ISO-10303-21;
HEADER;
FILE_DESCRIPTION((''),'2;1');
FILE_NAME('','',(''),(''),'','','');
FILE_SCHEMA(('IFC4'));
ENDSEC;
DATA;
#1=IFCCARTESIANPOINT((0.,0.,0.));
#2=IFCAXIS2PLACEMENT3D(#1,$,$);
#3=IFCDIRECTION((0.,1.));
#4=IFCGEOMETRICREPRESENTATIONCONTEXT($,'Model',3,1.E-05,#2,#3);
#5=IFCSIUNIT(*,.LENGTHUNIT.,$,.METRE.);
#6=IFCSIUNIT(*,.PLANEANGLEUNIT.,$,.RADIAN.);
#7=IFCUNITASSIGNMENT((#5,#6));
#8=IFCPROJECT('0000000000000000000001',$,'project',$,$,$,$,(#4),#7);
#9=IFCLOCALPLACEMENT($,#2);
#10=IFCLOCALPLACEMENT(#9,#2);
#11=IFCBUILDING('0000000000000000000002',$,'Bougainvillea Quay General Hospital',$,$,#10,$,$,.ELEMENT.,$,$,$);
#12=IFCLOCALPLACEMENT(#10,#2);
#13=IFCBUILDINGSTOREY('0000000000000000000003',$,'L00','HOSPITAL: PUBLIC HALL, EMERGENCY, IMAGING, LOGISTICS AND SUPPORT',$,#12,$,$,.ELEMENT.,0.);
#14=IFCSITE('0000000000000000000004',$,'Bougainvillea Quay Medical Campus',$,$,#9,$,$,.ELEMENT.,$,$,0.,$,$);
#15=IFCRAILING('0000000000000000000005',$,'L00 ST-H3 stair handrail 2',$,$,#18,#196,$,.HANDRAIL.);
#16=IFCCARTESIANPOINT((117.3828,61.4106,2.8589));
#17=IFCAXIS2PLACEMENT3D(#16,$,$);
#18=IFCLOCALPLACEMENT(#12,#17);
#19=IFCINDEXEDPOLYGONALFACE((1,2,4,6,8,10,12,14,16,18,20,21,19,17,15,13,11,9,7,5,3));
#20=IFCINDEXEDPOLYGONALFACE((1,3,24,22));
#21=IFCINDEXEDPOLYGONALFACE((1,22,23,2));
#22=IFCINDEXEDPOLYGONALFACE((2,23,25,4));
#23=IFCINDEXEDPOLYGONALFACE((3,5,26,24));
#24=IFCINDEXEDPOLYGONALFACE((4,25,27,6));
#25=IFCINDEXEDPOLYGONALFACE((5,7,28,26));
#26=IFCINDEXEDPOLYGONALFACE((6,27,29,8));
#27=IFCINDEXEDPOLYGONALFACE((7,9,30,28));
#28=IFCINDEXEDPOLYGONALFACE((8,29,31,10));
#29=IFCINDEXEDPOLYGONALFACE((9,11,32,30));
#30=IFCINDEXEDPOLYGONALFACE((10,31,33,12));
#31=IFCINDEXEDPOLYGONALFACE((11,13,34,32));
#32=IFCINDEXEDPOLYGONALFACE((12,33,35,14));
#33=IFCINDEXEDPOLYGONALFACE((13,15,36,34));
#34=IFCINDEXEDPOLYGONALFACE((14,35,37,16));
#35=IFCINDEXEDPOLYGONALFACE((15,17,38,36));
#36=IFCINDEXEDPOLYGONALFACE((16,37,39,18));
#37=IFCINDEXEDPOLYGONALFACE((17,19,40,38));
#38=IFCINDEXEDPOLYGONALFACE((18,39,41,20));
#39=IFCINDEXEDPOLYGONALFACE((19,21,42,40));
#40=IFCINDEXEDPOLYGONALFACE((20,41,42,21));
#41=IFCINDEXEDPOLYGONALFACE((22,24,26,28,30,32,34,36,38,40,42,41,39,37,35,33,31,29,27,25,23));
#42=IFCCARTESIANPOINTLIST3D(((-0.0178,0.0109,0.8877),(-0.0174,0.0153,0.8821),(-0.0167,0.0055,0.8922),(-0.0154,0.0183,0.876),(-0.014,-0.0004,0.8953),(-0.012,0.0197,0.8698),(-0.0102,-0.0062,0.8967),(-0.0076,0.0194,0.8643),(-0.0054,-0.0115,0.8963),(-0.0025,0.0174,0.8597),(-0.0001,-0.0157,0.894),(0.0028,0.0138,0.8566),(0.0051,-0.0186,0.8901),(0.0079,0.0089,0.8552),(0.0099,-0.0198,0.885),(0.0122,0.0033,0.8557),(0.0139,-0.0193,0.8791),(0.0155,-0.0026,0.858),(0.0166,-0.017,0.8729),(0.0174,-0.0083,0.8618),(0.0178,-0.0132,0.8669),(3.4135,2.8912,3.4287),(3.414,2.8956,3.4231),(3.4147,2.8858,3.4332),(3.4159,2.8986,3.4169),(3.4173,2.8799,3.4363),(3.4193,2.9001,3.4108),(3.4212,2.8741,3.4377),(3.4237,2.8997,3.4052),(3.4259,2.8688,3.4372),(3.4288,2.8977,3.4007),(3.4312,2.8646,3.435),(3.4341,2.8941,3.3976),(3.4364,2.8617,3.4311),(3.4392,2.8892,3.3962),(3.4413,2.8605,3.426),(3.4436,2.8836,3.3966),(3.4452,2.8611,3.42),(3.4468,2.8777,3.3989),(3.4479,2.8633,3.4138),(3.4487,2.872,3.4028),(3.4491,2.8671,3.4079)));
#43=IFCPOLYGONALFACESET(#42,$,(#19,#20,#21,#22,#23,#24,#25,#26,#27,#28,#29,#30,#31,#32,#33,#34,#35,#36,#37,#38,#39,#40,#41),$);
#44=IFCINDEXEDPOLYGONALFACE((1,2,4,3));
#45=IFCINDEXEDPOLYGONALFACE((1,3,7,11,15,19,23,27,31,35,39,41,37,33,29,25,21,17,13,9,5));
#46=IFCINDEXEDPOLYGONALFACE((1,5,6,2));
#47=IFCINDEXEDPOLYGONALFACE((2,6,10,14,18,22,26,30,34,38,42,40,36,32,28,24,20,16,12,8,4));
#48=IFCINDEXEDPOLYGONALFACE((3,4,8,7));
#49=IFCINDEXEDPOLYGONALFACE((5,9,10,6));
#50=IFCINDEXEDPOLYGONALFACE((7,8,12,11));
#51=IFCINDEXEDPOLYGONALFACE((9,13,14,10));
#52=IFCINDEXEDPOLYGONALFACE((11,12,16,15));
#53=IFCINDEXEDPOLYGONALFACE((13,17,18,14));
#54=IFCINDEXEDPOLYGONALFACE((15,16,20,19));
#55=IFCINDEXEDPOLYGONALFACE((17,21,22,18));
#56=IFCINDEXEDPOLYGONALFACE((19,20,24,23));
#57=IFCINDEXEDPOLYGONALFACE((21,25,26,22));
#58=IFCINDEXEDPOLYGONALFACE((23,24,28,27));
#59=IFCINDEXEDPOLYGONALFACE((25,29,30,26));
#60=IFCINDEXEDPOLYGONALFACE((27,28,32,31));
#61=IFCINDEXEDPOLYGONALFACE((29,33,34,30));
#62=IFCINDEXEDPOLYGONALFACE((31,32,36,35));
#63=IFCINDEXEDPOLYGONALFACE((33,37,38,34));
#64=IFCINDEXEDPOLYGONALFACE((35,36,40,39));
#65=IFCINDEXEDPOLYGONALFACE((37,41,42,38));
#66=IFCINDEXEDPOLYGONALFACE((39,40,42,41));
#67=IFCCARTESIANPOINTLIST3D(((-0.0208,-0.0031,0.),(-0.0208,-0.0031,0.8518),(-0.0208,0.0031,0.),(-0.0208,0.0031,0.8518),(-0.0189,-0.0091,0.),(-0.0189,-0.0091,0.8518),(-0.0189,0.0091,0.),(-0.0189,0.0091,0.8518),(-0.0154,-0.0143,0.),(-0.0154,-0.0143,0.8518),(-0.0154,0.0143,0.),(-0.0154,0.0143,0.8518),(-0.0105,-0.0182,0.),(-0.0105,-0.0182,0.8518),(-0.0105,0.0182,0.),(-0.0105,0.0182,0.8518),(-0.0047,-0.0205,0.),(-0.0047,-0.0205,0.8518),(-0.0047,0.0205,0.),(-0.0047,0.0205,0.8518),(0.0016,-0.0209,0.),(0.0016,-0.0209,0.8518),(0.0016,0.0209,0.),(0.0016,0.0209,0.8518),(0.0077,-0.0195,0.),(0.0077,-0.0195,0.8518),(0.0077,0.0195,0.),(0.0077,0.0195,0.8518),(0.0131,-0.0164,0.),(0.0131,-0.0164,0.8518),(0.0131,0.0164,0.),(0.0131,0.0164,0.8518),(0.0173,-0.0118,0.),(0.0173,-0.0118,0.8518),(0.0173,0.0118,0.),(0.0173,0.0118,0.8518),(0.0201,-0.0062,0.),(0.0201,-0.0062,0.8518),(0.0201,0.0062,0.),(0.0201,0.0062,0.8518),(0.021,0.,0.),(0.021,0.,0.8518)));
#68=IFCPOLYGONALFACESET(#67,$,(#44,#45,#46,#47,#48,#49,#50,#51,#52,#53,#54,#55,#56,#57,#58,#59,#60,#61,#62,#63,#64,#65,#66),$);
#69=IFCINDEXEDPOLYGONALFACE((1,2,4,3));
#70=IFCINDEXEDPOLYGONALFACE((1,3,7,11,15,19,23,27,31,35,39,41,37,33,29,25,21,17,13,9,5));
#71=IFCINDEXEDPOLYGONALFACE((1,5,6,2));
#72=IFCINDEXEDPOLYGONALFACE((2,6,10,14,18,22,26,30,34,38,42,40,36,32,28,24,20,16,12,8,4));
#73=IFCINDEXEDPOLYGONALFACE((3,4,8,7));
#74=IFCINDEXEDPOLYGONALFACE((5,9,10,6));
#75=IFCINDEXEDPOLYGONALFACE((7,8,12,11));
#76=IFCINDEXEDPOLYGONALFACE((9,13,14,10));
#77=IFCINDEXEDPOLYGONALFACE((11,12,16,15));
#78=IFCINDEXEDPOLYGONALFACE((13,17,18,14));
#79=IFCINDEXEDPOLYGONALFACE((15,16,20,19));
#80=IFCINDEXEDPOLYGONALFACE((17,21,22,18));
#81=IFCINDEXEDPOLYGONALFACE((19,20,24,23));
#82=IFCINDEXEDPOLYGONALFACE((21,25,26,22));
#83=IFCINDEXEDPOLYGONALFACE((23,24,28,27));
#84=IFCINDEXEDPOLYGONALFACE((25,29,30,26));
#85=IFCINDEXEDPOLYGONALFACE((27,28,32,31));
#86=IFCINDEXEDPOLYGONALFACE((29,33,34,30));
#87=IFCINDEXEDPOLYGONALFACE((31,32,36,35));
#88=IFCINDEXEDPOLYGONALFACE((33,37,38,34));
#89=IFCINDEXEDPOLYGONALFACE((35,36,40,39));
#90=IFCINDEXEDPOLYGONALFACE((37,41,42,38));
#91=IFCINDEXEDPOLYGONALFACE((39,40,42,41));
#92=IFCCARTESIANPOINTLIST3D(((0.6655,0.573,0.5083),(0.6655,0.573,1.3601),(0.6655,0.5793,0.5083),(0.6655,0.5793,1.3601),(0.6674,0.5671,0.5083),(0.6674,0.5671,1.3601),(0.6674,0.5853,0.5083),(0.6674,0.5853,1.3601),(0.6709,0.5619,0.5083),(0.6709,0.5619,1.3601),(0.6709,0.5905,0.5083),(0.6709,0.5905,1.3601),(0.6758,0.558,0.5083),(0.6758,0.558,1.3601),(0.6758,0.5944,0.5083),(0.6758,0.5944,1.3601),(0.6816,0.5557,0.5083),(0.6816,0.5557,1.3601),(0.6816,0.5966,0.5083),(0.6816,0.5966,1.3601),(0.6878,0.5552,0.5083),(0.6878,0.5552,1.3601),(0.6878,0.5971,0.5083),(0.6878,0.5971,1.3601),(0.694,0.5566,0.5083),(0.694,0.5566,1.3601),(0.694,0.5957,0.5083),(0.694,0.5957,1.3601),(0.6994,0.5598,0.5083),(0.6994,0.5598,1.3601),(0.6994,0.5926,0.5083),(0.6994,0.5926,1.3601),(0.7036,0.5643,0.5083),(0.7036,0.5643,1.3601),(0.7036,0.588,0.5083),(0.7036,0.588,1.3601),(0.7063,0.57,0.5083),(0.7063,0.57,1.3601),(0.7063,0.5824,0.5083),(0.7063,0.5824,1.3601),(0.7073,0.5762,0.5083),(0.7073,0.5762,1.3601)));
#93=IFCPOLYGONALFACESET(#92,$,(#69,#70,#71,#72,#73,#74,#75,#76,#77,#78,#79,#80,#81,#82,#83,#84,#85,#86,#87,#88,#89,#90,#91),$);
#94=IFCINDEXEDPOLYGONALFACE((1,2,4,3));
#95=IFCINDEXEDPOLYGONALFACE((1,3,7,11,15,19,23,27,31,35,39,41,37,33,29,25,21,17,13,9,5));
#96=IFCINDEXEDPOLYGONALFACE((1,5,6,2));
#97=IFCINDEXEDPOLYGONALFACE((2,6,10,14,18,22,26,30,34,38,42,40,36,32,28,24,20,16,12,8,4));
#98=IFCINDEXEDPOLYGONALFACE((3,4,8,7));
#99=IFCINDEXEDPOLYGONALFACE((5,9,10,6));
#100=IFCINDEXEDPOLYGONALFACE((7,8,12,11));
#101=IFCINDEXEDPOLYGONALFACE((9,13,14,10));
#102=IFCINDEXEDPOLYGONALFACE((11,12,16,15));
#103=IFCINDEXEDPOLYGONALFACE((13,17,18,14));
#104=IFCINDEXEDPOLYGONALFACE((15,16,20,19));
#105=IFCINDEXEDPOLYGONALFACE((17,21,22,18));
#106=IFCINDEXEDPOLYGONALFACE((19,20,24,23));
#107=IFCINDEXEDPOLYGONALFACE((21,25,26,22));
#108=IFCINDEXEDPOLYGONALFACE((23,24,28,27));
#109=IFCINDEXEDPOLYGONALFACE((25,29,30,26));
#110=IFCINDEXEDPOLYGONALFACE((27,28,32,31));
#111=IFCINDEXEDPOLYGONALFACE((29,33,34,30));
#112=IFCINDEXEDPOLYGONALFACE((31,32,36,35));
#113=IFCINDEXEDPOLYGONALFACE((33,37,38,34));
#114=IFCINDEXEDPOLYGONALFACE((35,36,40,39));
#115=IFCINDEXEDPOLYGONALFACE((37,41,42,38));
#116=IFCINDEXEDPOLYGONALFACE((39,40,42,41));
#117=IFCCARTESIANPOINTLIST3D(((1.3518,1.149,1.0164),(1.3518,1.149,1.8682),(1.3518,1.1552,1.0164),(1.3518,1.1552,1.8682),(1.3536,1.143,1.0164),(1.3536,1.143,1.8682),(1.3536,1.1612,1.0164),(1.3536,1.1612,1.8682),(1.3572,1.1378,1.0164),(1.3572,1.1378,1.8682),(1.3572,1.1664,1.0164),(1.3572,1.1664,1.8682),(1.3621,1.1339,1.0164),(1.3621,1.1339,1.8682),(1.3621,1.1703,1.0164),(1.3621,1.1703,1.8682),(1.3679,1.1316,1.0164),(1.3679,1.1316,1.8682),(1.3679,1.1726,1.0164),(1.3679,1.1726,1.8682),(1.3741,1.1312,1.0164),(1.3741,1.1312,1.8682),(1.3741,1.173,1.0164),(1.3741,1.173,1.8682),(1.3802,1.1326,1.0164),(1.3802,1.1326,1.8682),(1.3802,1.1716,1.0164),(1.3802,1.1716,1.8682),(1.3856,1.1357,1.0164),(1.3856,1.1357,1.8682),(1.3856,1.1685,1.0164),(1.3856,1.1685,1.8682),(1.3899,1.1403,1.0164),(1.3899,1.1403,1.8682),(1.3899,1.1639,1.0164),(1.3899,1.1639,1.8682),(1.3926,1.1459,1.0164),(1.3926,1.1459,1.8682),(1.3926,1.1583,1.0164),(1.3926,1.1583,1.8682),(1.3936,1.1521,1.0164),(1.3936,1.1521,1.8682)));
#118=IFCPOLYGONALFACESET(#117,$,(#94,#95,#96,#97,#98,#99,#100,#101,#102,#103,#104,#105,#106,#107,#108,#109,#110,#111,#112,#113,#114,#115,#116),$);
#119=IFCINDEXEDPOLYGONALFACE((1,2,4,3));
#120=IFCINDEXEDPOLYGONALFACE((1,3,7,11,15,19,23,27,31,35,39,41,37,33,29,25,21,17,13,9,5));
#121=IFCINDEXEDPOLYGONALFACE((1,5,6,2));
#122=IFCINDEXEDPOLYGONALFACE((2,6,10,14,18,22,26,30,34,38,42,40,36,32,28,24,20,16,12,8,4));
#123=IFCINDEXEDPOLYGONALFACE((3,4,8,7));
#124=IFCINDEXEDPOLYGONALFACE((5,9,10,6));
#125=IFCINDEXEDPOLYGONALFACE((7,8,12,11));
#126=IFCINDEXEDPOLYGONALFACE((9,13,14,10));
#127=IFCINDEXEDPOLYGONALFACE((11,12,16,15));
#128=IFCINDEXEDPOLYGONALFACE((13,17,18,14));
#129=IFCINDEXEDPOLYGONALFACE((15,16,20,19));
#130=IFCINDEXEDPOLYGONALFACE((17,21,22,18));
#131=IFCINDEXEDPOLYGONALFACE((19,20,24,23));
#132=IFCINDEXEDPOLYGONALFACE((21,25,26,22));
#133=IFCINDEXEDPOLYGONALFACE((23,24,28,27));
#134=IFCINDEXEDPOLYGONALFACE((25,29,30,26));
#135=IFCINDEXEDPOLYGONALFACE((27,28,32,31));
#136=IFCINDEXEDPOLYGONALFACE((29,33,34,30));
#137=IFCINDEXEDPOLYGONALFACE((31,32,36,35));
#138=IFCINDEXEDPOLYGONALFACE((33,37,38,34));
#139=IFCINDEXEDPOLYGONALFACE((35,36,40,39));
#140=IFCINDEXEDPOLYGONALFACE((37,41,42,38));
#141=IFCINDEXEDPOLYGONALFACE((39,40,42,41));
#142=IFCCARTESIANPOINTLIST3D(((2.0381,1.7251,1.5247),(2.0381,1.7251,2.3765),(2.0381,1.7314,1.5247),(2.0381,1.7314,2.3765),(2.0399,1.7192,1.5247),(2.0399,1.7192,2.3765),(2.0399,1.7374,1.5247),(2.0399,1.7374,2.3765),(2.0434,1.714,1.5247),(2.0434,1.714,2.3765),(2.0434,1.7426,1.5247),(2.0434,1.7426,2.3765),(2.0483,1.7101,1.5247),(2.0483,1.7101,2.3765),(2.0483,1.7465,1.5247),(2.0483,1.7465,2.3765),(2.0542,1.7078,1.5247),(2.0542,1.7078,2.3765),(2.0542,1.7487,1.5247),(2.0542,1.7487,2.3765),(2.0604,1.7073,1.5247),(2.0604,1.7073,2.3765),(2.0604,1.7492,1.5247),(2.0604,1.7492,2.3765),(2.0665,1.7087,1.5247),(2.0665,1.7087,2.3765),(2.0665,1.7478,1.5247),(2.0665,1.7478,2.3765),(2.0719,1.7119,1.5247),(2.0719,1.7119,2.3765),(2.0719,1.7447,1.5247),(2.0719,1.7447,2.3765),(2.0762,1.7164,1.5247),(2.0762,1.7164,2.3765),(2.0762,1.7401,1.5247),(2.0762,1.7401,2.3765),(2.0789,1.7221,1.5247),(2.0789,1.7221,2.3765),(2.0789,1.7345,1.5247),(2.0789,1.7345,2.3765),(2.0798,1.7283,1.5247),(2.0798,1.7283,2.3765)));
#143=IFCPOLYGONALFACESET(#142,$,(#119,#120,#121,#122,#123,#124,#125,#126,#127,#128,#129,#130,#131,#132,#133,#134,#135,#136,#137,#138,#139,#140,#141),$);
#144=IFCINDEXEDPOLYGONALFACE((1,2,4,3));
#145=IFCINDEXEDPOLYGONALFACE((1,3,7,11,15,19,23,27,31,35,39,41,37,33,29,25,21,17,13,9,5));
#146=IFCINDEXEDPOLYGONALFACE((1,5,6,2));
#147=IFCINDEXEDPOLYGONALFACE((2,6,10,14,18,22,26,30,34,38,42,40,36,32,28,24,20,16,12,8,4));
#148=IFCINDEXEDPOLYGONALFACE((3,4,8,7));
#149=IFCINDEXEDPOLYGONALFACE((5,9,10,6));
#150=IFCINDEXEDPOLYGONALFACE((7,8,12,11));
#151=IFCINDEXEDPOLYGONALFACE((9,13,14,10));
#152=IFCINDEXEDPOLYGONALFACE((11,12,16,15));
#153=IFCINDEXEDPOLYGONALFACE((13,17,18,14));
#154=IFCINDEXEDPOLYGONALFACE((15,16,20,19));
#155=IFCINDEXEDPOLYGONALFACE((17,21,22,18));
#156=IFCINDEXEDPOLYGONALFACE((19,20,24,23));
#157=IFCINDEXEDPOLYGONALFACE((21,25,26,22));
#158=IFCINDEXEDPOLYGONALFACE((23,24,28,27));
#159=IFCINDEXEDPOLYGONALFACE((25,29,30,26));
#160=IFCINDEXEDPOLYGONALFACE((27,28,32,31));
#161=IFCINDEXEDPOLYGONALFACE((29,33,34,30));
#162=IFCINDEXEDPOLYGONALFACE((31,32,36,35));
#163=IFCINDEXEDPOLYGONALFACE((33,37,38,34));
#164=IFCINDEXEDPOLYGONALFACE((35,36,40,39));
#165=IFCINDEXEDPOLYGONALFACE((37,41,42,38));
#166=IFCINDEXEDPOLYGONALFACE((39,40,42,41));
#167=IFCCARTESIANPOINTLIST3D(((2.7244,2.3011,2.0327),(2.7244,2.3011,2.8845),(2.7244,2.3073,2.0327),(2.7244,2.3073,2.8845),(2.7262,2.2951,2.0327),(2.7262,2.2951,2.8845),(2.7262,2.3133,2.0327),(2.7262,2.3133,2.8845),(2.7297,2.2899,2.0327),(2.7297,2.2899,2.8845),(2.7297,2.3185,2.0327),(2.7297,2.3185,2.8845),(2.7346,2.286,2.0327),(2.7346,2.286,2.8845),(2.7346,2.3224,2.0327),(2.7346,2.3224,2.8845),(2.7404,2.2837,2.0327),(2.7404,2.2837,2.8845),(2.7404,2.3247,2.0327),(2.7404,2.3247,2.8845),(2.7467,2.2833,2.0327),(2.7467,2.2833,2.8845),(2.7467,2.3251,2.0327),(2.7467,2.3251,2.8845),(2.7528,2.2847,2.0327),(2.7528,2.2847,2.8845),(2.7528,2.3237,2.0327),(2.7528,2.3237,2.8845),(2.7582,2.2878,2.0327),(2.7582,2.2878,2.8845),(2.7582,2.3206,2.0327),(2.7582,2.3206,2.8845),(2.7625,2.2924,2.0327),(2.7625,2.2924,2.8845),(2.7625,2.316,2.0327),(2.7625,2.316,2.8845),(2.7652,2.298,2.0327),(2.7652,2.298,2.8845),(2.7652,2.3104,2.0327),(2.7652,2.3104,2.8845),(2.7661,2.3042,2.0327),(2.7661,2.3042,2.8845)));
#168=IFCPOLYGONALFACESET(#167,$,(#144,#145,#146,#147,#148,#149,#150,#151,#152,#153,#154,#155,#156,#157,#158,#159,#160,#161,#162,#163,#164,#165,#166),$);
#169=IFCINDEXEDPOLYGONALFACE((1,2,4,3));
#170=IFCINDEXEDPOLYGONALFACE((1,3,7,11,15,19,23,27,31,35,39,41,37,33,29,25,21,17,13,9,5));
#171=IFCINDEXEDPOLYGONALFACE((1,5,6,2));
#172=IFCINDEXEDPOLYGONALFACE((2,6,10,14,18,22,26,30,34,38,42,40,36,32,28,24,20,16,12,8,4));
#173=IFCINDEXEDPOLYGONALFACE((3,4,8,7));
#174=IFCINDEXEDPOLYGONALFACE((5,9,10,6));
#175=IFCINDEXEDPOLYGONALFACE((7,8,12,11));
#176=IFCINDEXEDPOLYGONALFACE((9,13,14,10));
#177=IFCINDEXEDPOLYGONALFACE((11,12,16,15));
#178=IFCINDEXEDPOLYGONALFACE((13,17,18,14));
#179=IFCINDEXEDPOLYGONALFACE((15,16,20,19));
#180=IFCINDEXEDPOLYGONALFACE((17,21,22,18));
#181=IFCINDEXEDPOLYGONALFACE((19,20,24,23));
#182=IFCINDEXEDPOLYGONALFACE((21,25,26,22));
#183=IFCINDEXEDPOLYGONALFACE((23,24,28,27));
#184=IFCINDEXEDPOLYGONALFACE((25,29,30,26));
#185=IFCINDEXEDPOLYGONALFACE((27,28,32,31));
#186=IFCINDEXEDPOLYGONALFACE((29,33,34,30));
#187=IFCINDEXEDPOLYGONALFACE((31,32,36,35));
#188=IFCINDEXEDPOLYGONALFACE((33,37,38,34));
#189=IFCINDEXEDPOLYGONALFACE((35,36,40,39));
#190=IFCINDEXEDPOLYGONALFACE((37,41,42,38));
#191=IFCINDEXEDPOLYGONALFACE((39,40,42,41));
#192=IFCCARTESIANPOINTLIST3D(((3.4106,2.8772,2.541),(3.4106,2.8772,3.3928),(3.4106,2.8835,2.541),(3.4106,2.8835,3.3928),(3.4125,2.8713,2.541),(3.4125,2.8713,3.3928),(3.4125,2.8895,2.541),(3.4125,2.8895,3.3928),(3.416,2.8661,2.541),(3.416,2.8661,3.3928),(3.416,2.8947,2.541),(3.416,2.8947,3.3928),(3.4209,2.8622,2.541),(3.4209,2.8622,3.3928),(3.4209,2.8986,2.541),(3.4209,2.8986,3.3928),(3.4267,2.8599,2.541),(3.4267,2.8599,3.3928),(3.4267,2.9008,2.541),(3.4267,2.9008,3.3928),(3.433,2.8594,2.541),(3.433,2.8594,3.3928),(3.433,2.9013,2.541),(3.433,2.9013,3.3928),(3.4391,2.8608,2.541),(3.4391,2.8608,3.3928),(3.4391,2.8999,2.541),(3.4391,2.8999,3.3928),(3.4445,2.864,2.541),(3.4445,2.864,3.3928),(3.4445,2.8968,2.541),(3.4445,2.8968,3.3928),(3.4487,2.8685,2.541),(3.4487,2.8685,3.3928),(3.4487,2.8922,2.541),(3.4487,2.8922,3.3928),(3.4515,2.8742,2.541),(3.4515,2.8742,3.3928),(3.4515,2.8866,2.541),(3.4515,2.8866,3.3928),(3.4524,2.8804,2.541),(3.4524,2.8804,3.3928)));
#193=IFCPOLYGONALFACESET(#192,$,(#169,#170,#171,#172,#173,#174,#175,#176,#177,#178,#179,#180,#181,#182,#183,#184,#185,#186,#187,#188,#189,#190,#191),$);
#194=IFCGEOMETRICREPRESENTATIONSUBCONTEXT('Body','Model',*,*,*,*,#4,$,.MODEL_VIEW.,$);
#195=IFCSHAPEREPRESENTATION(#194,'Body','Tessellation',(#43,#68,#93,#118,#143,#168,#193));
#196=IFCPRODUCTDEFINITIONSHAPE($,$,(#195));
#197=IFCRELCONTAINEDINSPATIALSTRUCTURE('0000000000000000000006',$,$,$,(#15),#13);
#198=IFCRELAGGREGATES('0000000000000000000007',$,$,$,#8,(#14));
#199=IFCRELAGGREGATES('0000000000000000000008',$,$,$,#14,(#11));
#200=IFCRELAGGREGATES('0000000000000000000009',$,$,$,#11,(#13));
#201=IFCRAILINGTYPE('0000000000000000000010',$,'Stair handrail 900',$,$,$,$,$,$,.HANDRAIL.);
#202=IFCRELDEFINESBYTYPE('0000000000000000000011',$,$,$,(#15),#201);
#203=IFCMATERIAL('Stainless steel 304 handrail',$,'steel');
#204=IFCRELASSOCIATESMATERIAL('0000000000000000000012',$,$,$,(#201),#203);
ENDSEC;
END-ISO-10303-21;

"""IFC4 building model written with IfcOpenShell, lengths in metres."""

from ifc_helpers import new_model, si_unit, direction, frame, origin, origin_2d, place, context, subcontext, project, spatial, circle, extrude, material, type_object, element, save


model = new_model("IFC4")

# Units and contexts
model_context = context("Model", 3, precision=1e-05, world=origin(), true_north=direction((0.0, 1.0)))
body_context = subcontext(model_context, "Body", "Model", "MODEL_VIEW")
ifc_project = project(units=[si_unit("LENGTHUNIT", "METRE"), si_unit("PLANEANGLEUNIT", "RADIAN")], contexts=[model_context])

# Site, building, storey
site_placement = place(None, origin())
site = spatial("IfcSite", under=ifc_project, at=site_placement, Name="Bougainvillea Quay Medical Campus", CompositionType="ELEMENT", RefElevation=0.0)
building_placement = place(site_placement, origin())
building = spatial("IfcBuilding", under=site, at=building_placement, Name="Bougainvillea Quay General Hospital", CompositionType="ELEMENT")
storey_placement = place(building_placement, origin())
storey = spatial("IfcBuildingStorey", under=building, at=storey_placement, Name="L00", Description="HOSPITAL: PUBLIC HALL, EMERGENCY, IMAGING, LOGISTICS AND SUPPORT", CompositionType="ELEMENT", Elevation=0.0)

# Railing
ifc_material_1 = material(Name="Stainless steel 304 handrail", Category="steel")
railing_type_1 = type_object("IfcRailingType", Name="Stair handrail 900", PredefinedType="HANDRAIL", material=ifc_material_1)
railing_1_placement = place(storey_placement, frame((117.3828, 61.4106, 2.8589)))
element("IfcRailing", 1, at=railing_1_placement, inside=storey, type_object=railing_type_1, Name="L00 ST-H3 stair handrail 2", PredefinedType="HANDRAIL", context=body_context, shape_type="SweptSolid", body=[
    extrude(circle(Radius=0.0239, at=origin_2d()), frame((0.0, 0.0, 0.876), z_axis=(0.666224, 0.55924, 0.493352), x_axis=(-0.64293, 0.765925, 0.0)), (0.0, 0.0, 1.0), 5.1504),
    extrude(circle(Radius=0.021, at=origin_2d()), origin(), (0.0, 0.0, 1.0), 0.8518),
    extrude(circle(Radius=0.021, at=origin_2d()), frame((0.6863, 0.5762, 0.5083)), (0.0, 0.0, 1.0), 0.8518),
    extrude(circle(Radius=0.021, at=origin_2d()), frame((1.3726, 1.1521, 1.0164)), (0.0, 0.0, 1.0), 0.8518),
    extrude(circle(Radius=0.021, at=origin_2d()), frame((2.0588, 1.7283, 1.5247)), (0.0, 0.0, 1.0), 0.8518),
    extrude(circle(Radius=0.021, at=origin_2d()), frame((2.7451, 2.3042, 2.0327)), (0.0, 0.0, 1.0), 0.8518),
    extrude(circle(Radius=0.021, at=origin_2d()), frame((3.4314, 2.8804, 2.541)), (0.0, 0.0, 1.0), 0.8518),
])

save(model, "model.ifc")
